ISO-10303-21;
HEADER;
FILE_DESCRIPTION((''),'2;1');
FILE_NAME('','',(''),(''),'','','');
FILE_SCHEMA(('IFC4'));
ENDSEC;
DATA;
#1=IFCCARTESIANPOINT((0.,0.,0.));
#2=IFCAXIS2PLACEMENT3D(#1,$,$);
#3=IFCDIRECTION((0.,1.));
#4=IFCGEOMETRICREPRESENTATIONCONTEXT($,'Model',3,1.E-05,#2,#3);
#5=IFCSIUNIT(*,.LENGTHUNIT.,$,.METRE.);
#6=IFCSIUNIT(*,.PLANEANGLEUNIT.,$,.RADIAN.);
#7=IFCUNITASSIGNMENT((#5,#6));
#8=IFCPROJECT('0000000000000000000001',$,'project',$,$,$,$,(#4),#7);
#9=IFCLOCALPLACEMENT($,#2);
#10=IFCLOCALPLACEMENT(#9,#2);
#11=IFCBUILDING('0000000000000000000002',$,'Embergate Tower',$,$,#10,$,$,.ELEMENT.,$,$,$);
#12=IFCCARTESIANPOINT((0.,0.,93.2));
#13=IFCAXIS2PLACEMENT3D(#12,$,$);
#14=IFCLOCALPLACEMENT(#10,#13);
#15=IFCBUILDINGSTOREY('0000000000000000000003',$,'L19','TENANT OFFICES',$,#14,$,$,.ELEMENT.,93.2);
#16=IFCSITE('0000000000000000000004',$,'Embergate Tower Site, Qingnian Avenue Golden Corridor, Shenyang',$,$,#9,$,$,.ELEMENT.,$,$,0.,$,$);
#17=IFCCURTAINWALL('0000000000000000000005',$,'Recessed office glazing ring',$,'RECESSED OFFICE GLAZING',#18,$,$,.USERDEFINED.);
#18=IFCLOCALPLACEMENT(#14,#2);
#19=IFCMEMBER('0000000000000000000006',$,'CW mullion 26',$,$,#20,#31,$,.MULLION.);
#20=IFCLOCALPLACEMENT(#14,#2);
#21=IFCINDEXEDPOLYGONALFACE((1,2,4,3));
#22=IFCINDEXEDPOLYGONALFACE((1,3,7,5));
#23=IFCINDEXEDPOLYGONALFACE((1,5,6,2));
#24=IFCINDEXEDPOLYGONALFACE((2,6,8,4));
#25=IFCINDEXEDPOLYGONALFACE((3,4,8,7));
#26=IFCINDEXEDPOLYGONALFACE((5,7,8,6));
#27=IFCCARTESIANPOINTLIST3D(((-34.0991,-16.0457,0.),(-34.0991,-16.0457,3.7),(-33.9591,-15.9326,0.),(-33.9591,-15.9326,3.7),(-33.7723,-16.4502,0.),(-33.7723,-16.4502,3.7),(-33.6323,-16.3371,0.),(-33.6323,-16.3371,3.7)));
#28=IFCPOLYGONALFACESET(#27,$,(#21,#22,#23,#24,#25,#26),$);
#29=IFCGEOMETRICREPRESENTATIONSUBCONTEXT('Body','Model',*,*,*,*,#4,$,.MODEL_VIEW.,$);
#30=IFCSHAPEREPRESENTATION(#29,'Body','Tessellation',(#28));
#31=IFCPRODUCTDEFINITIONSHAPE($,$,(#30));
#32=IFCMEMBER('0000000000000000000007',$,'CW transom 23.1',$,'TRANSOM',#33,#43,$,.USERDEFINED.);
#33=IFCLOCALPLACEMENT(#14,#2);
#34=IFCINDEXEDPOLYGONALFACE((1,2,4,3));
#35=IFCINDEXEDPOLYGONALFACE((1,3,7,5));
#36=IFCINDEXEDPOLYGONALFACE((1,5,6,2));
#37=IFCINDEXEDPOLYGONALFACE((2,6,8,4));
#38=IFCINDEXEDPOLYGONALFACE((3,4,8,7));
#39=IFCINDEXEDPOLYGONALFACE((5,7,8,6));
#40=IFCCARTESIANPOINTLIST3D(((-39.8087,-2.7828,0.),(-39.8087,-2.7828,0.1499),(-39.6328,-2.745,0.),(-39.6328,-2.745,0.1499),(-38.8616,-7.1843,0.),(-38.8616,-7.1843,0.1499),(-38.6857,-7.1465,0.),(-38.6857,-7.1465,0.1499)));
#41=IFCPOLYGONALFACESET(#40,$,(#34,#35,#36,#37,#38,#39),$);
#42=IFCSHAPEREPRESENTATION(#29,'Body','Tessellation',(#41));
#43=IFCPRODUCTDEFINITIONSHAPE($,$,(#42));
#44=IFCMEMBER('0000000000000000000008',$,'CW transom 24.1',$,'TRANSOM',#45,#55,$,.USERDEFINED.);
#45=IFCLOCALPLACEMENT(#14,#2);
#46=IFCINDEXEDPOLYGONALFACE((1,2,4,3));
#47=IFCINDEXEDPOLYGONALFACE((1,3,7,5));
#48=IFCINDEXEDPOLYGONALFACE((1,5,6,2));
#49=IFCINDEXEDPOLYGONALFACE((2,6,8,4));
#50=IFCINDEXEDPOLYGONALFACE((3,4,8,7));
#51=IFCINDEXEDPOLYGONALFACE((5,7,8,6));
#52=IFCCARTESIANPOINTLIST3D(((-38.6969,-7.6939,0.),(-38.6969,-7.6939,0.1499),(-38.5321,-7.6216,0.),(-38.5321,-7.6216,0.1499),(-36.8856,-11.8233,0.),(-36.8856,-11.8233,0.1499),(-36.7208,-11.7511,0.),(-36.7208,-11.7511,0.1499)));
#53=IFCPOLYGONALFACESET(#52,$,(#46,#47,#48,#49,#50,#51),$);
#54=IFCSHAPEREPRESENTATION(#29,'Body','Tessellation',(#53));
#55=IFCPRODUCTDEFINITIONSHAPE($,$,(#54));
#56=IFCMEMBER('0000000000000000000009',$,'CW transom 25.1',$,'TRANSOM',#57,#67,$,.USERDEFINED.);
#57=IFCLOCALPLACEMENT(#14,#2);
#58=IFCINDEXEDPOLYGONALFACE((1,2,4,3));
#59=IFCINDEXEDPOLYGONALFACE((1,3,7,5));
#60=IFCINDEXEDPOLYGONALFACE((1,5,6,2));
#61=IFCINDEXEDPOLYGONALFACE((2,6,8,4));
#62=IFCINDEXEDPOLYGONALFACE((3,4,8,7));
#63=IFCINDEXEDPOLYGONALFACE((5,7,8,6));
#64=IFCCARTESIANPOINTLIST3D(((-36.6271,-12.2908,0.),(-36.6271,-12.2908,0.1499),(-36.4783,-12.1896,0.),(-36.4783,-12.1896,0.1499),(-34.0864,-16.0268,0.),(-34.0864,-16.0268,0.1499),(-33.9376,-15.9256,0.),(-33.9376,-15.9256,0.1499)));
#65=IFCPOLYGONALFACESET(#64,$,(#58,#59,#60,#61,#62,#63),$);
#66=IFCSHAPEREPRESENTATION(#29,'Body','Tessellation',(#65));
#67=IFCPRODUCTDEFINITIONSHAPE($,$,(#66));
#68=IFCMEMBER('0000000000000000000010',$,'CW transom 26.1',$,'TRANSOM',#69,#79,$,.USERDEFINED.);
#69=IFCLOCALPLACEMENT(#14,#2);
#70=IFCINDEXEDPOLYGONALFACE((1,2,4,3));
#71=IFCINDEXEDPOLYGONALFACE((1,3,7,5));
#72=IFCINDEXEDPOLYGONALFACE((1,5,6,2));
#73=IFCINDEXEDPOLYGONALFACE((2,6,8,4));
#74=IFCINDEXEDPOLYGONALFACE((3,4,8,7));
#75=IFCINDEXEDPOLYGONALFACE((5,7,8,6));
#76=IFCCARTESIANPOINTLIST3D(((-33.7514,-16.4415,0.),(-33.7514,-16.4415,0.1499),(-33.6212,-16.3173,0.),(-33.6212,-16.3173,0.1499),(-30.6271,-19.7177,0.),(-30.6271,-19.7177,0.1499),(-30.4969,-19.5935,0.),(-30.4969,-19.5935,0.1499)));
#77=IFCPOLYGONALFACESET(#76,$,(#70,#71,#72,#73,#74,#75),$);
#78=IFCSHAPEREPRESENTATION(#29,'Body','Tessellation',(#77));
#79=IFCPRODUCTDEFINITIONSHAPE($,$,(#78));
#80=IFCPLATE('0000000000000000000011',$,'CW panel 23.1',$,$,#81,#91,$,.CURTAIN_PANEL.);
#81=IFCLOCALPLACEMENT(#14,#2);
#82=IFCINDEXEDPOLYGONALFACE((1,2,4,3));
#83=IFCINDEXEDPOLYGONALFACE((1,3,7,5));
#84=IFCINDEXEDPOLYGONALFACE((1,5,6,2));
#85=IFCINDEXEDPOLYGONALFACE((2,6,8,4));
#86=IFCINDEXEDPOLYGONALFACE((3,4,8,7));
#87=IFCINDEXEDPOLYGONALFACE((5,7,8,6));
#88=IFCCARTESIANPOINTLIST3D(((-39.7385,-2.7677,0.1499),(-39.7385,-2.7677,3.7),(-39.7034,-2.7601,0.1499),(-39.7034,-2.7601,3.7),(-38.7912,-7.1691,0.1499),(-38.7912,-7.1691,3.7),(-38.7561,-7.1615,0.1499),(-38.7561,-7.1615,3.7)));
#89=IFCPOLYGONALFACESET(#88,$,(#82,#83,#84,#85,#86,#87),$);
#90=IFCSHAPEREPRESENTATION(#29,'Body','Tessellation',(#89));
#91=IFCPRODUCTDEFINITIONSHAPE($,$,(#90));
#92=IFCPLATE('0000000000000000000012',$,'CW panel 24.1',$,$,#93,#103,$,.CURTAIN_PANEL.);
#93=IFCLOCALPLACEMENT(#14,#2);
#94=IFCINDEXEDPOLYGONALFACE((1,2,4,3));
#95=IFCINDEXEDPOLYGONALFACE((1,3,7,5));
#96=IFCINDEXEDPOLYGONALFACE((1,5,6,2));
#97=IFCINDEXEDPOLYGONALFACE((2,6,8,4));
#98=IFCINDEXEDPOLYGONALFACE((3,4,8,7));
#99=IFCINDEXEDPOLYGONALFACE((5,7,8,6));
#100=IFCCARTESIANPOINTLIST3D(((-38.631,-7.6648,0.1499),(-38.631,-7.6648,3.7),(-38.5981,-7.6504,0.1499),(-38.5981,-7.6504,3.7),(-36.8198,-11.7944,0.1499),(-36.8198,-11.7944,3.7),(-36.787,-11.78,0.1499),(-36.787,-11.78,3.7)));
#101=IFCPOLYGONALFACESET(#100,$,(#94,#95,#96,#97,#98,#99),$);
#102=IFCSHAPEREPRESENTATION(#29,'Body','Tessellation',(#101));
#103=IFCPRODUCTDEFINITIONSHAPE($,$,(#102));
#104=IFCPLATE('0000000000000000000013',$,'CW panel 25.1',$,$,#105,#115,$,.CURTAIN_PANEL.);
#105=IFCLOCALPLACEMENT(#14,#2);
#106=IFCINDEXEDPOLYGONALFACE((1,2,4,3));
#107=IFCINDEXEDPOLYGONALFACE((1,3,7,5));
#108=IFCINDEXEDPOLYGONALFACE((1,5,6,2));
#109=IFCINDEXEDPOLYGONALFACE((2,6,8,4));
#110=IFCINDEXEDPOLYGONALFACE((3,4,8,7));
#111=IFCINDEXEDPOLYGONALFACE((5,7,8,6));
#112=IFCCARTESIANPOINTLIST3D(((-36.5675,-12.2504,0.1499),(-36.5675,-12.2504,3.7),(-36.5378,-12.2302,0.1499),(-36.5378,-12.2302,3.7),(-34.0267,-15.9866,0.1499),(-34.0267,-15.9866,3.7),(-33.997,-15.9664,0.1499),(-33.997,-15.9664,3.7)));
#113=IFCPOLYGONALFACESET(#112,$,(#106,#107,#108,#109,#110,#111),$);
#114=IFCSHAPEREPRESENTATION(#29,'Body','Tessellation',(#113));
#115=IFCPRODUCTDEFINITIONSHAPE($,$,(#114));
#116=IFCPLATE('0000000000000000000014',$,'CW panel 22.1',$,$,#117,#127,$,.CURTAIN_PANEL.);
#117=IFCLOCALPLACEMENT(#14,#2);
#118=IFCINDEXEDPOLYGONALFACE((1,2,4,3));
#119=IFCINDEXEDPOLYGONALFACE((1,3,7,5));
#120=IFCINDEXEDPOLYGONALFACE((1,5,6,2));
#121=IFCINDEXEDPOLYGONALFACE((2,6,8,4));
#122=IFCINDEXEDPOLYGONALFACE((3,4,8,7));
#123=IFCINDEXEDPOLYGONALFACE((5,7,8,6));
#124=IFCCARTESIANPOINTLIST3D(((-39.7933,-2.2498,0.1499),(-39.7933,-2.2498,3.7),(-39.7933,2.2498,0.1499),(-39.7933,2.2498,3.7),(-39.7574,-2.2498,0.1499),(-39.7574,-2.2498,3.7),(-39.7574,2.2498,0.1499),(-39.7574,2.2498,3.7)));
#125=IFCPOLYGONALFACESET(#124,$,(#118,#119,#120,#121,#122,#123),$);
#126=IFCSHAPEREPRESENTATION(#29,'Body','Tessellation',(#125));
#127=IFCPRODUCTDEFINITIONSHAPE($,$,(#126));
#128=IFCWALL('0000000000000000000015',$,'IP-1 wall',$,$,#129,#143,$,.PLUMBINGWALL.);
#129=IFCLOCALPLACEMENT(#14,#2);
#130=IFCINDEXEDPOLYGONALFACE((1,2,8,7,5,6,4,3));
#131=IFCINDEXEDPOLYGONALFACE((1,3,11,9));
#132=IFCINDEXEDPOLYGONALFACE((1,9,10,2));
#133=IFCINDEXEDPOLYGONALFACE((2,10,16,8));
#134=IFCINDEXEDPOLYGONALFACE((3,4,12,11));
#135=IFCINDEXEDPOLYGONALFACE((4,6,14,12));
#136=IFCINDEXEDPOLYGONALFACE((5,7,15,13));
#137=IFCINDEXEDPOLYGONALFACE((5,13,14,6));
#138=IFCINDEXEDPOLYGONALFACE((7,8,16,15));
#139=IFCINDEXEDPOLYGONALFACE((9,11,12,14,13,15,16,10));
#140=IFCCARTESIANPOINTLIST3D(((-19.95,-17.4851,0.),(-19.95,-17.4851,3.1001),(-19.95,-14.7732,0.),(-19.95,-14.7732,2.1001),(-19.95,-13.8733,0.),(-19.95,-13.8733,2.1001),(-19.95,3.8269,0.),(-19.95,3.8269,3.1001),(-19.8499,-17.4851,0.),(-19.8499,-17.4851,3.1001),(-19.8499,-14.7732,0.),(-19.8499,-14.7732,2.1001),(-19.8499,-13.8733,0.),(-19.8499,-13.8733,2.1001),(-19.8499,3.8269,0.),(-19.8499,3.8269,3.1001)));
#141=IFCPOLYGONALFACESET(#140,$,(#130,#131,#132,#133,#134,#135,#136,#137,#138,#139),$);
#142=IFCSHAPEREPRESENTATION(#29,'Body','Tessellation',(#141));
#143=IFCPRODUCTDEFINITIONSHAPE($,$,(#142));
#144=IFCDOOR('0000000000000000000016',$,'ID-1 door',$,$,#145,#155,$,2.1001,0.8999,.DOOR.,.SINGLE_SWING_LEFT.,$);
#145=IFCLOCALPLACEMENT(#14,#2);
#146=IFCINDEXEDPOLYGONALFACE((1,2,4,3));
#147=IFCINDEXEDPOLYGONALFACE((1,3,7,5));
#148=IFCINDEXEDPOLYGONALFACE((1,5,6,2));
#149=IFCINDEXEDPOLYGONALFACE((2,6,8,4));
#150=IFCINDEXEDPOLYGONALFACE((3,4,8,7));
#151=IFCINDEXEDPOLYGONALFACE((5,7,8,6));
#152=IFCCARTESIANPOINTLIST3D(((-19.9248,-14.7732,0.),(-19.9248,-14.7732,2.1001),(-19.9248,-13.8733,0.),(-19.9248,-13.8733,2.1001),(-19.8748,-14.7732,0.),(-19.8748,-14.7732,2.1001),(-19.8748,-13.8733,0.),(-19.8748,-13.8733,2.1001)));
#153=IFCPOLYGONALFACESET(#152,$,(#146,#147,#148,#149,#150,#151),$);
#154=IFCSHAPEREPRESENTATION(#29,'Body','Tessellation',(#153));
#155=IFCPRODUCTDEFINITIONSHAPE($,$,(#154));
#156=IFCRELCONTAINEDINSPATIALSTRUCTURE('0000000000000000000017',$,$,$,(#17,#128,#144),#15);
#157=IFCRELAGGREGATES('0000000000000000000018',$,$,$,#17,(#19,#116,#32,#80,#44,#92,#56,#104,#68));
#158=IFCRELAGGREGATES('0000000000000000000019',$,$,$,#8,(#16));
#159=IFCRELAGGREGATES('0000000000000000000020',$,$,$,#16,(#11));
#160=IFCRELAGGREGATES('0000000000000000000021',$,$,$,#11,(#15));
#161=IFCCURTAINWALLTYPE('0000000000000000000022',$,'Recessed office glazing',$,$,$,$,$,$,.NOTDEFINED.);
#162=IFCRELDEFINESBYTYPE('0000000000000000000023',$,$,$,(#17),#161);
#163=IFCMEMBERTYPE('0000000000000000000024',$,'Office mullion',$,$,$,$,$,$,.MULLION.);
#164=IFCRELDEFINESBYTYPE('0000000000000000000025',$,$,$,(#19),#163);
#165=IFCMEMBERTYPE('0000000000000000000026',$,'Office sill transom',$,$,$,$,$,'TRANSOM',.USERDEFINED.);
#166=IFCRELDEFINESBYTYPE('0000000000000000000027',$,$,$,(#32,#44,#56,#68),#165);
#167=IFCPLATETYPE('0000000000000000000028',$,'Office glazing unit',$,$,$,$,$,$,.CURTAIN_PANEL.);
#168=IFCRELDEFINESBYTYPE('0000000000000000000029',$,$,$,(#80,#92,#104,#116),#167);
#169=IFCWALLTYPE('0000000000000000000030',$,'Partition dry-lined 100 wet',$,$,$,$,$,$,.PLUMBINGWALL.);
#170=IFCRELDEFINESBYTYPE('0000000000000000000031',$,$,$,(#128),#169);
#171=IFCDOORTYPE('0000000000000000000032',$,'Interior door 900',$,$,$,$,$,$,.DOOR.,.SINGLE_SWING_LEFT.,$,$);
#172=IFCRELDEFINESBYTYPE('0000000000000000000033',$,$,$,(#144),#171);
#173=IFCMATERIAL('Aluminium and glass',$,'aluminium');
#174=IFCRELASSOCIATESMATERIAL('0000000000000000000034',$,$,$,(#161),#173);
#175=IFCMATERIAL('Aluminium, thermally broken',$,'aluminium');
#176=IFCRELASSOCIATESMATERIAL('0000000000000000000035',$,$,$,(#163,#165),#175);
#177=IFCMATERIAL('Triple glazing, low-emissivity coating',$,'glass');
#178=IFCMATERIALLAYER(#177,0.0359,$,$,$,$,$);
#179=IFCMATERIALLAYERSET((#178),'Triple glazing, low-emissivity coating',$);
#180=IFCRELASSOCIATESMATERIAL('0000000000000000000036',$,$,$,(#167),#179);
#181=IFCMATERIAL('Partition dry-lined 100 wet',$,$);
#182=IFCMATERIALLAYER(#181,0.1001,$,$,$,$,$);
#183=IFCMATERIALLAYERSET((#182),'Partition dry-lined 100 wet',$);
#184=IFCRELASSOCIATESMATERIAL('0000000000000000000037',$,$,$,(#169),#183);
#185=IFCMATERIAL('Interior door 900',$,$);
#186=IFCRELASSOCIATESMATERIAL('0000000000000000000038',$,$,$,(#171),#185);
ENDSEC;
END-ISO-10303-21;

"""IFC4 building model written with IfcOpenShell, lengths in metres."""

from ifc_helpers import new_model, si_unit, direction, frame, frame_2d, origin, origin_2d, place, context, subcontext, project, spatial, rectangle, extrude, source, transform, mapped, material, layer, layer_set, material_profile, profile_set, type_object, element, fill, aggregate, save


model = new_model("IFC4")

# Units and contexts
model_context = context("Model", 3, precision=1e-05, world=origin(), true_north=direction((0.0, 1.0)))
body_context = subcontext(model_context, "Body", "Model", "MODEL_VIEW")
ifc_project = project(units=[si_unit("LENGTHUNIT", "METRE"), si_unit("PLANEANGLEUNIT", "RADIAN")], contexts=[model_context])

# Site, building, storey
site_placement = place(None, origin())
site = spatial("IfcSite", under=ifc_project, at=site_placement, Name="Embergate Tower Site, Qingnian Avenue Golden Corridor, Shenyang", CompositionType="ELEMENT", RefElevation=0.0)
building_placement = place(site_placement, origin())
building = spatial("IfcBuilding", under=site, at=building_placement, Name="Embergate Tower", CompositionType="ELEMENT")
storey_placement = place(building_placement, frame((0.0, 0.0, 93.2)))
storey = spatial("IfcBuildingStorey", under=building, at=storey_placement, Name="L19", Description="TENANT OFFICES", CompositionType="ELEMENT", Elevation=93.2)

# Curtain wall, members, plates
ifc_material_1 = material(Name="Aluminium and glass", Category="aluminium")
curtain_wall_type = type_object("IfcCurtainWallType", Name="Recessed office glazing", PredefinedType="NOTDEFINED", material=ifc_material_1)
curtain_wall_placement = place(storey_placement, origin())
curtain_wall = element("IfcCurtainWall", 1, at=curtain_wall_placement, inside=storey, type_object=curtain_wall_type, Name="Recessed office glazing ring", ObjectType="RECESSED OFFICE GLAZING", PredefinedType="USERDEFINED")
ifc_material_2 = material(Name="Aluminium, thermally broken", Category="aluminium")
ifc_material_profile_1 = material_profile(ifc_material_2, rectangle(XDim=0.1799, YDim=0.52, at=origin_2d()), Name="AL 520x180")
ifc_profile_set_1 = profile_set([ifc_material_profile_1], Name="Aluminium, thermally broken")
member_type_1 = type_object("IfcMemberType", Name="Office mullion", PredefinedType="MULLION", material=ifc_profile_set_1)
shared_shape_1 = source(origin(), body_context, "Body", "SweptSolid", [
    extrude(rectangle(XDim=0.1799, YDim=0.52, at=origin_2d()), origin(), (0.0, 0.0, 1.0), 3.7),
])
member_1_placement = place(storey_placement, frame((-33.8657, -16.1914, 0.0), z_axis=(0.0, 0.0, 1.0), x_axis=(0.777878, 0.628415, 0.0)))
member_1 = element("IfcMember", 2, at=member_1_placement, type_object=member_type_1, Name="CW mullion 26", PredefinedType="MULLION", context=body_context, shape_type="MappedRepresentation", body=[
    mapped(shared_shape_1, transform((0.0, 0.0, 0.0))),
])
ifc_material_profile_2 = material_profile(ifc_material_2, rectangle(XDim=0.1799, YDim=0.1499, at=origin_2d()), Name="AL 150x180")
ifc_profile_set_2 = profile_set([ifc_material_profile_2], Name="Aluminium, thermally broken")
member_type_2 = type_object("IfcMemberType", Name="Office sill transom", ElementType="TRANSOM", PredefinedType="USERDEFINED", material=ifc_profile_set_2)
shared_shape_2 = source(origin(), body_context, "Body", "SweptSolid", [
    extrude(rectangle(XDim=0.1799, YDim=0.1499, at=origin_2d()), origin(), (0.0, 0.0, 1.0), 4.5022),
])
member_2_placement = place(storey_placement, frame((-39.7207, -2.7639, 0.075), z_axis=(0.210351, -0.977626, 0.0), x_axis=(0.977626, 0.210351, 0.0)))
member_2 = element("IfcMember", 3, at=member_2_placement, type_object=member_type_2, Name="CW transom 23.1", ObjectType="TRANSOM", PredefinedType="USERDEFINED", context=body_context, shape_type="MappedRepresentation", body=[
    mapped(shared_shape_2, transform((0.0, 0.0, 0.0))),
])
shared_shape_3 = source(origin(), body_context, "Body", "SweptSolid", [
    extrude(rectangle(XDim=0.1799, YDim=0.1499, at=origin_2d()), origin(), (0.0, 0.0, 1.0), 4.5093),
])
member_3_placement = place(storey_placement, frame((-38.6145, -7.6577, 0.075), z_axis=(0.401688, -0.915777, 0.0), x_axis=(0.915777, 0.401688, 0.0)))
member_3 = element("IfcMember", 4, at=member_3_placement, type_object=member_type_2, Name="CW transom 24.1", ObjectType="TRANSOM", PredefinedType="USERDEFINED", context=body_context, shape_type="MappedRepresentation", body=[
    mapped(shared_shape_3, transform((0.0, 0.0, 0.0))),
])
shared_shape_4 = source(origin(), body_context, "Body", "SweptSolid", [
    extrude(rectangle(XDim=0.1799, YDim=0.1499, at=origin_2d()), origin(), (0.0, 0.0, 1.0), 4.5181),
])
member_4_placement = place(storey_placement, frame((-36.5527, -12.2402, 0.075), z_axis=(0.562345, -0.826902, 0.0), x_axis=(0.826902, 0.562345, 0.0)))
member_4 = element("IfcMember", 5, at=member_4_placement, type_object=member_type_2, Name="CW transom 25.1", ObjectType="TRANSOM", PredefinedType="USERDEFINED", context=body_context, shape_type="MappedRepresentation", body=[
    mapped(shared_shape_4, transform((0.0, 0.0, 0.0))),
])
shared_shape_5 = source(origin(), body_context, "Body", "SweptSolid", [
    extrude(rectangle(XDim=0.1799, YDim=0.1499, at=origin_2d()), origin(), (0.0, 0.0, 1.0), 4.5271),
])
member_5_placement = place(storey_placement, frame((-33.6863, -16.3794, 0.075), z_axis=(0.690136, -0.72368, 0.0), x_axis=(0.72368, 0.690136, 0.0)))
member_5 = element("IfcMember", 6, at=member_5_placement, type_object=member_type_2, Name="CW transom 26.1", ObjectType="TRANSOM", PredefinedType="USERDEFINED", context=body_context, shape_type="MappedRepresentation", body=[
    mapped(shared_shape_5, transform((0.0, 0.0, 0.0))),
])
ifc_material_3 = material(Name="Triple glazing, low-emissivity coating", Category="glass")
ifc_layer_1 = layer(ifc_material_3, 0.0359)
ifc_layer_set_1 = layer_set([ifc_layer_1], Name="Triple glazing, low-emissivity coating")
plate_type = type_object("IfcPlateType", Name="Office glazing unit", PredefinedType="CURTAIN_PANEL", material=ifc_layer_set_1)
shared_shape_6 = source(origin(), body_context, "Body", "SweptSolid", [
    extrude(rectangle(XDim=4.5022, YDim=0.0359, at=origin_2d()), origin(), (0.0, 0.0, 1.0), 3.55),
])
plate_1_placement = place(storey_placement, frame((-39.2473, -4.9646, 0.1499), z_axis=(0.0, 0.0, 1.0), x_axis=(0.210397, -0.977616, 0.0)))
plate_1 = element("IfcPlate", 7, at=plate_1_placement, type_object=plate_type, Name="CW panel 23.1", PredefinedType="CURTAIN_PANEL", context=body_context, shape_type="MappedRepresentation", body=[
    mapped(shared_shape_6, transform((0.0, 0.0, 0.0))),
])
shared_shape_7 = source(origin(), body_context, "Body", "SweptSolid", [
    extrude(rectangle(XDim=4.5093, YDim=0.0359, at=origin_2d()), origin(), (0.0, 0.0, 1.0), 3.55),
])
plate_2_placement = place(storey_placement, frame((-37.709, -9.7224, 0.1499), z_axis=(0.0, 0.0, 1.0), x_axis=(0.401651, -0.915793, 0.0)))
plate_2 = element("IfcPlate", 8, at=plate_2_placement, type_object=plate_type, Name="CW panel 24.1", PredefinedType="CURTAIN_PANEL", context=body_context, shape_type="MappedRepresentation", body=[
    mapped(shared_shape_7, transform((0.0, 0.0, 0.0))),
])
shared_shape_8 = source(origin(), body_context, "Body", "SweptSolid", [
    extrude(rectangle(XDim=4.5183, YDim=0.0359, at=origin_2d()), origin(), (0.0, 0.0, 1.0), 3.55),
])
plate_3_placement = place(storey_placement, frame((-35.2822, -14.1084, 0.1499), z_axis=(0.0, 0.0, 1.0), x_axis=(0.56234, -0.826906, 0.0)))
plate_3 = element("IfcPlate", 9, at=plate_3_placement, type_object=plate_type, Name="CW panel 25.1", PredefinedType="CURTAIN_PANEL", context=body_context, shape_type="MappedRepresentation", body=[
    mapped(shared_shape_8, transform((0.0, 0.0, 0.0))),
])
shared_shape_9 = source(origin(), body_context, "Body", "SweptSolid", [
    extrude(rectangle(XDim=4.4995, YDim=0.0359, at=origin_2d()), origin(), (0.0, 0.0, 1.0), 3.55),
])
plate_4_placement = place(storey_placement, frame((-39.7754, 0.0, 0.1499), z_axis=(0.0, 0.0, 1.0), x_axis=(0.0, -1.0, 0.0)))
plate_4 = element("IfcPlate", 10, at=plate_4_placement, type_object=plate_type, Name="CW panel 22.1", PredefinedType="CURTAIN_PANEL", context=body_context, shape_type="MappedRepresentation", body=[
    mapped(shared_shape_9, transform((0.0, 0.0, 0.0))),
])
aggregate(curtain_wall, [member_1, plate_4, member_2, plate_1, member_3, plate_2, member_4, plate_3, member_5])

# Wall, opening, door
ifc_material_4 = material(Name="Partition dry-lined 100 wet")
ifc_layer_2 = layer(ifc_material_4, 0.1001)
ifc_layer_set_2 = layer_set([ifc_layer_2], Name="Partition dry-lined 100 wet")
wall_type = type_object("IfcWallType", Name="Partition dry-lined 100 wet", PredefinedType="PLUMBINGWALL", material=ifc_layer_set_2)
shared_shape_10 = source(origin(), body_context, "Body", "SweptSolid", [
    extrude(rectangle(XDim=21.312, YDim=0.1001, at=frame_2d((10.656, 0.0))), origin(), (0.0, 0.0, 1.0), 3.1001),
])
wall_placement = place(storey_placement, frame((-19.8999, -17.4851, 0.0), z_axis=(0.0, 0.0, 1.0), x_axis=(0.0, 1.0, 0.0)))
wall = element("IfcWall", 11, at=wall_placement, inside=storey, type_object=wall_type, Name="IP-1 wall", PredefinedType="PLUMBINGWALL", context=body_context, shape_type="MappedRepresentation", body=[
    mapped(shared_shape_10, transform((0.0, 0.0, 0.0))),
])
shared_shape_11 = source(origin(), body_context, "Body", "SweptSolid", [
    extrude(rectangle(XDim=0.8999, YDim=2.1001, at=frame_2d((0.45, 1.05))), frame((0.0, 0.0601, 0.0), z_axis=(0.0, -1.0, 0.0), x_axis=(1.0, 0.0, 0.0)), (0.0, 0.0, 1.0), 0.1201),
])
opening_placement = place(wall_placement, frame((2.7119, 0.0, 0.0)))
opening = element("IfcOpeningElement", 12, at=opening_placement, cuts=wall, PredefinedType="OPENING", context=body_context, shape_type="MappedRepresentation", body=[
    mapped(shared_shape_11, transform((0.0, 0.0, 0.0))),
])
ifc_material_5 = material(Name="Interior door 900")
door_type = type_object("IfcDoorType", Name="Interior door 900", OperationType="SINGLE_SWING_LEFT", PredefinedType="DOOR", material=ifc_material_5)
shared_shape_12 = source(origin(), body_context, "Body", "SweptSolid", [
    extrude(rectangle(XDim=0.8999, YDim=2.1001, at=frame_2d((0.45, 1.05))), frame((0.0, 0.0249, 0.0), z_axis=(0.0, -1.0, 0.0), x_axis=(1.0, 0.0, 0.0)), (0.0, 0.0, 1.0), 0.05),
])
door_placement = place(opening_placement, origin())
door = element("IfcDoor", 13, at=door_placement, inside=storey, type_object=door_type, Name="ID-1 door", OperationType="SINGLE_SWING_LEFT", OverallHeight=2.1001, OverallWidth=0.8999, PredefinedType="DOOR", context=body_context, shape_type="MappedRepresentation", body=[
    mapped(shared_shape_12, transform((0.0, 0.0, 0.0))),
])
fill(opening, door)

save(model, "model.ifc")
